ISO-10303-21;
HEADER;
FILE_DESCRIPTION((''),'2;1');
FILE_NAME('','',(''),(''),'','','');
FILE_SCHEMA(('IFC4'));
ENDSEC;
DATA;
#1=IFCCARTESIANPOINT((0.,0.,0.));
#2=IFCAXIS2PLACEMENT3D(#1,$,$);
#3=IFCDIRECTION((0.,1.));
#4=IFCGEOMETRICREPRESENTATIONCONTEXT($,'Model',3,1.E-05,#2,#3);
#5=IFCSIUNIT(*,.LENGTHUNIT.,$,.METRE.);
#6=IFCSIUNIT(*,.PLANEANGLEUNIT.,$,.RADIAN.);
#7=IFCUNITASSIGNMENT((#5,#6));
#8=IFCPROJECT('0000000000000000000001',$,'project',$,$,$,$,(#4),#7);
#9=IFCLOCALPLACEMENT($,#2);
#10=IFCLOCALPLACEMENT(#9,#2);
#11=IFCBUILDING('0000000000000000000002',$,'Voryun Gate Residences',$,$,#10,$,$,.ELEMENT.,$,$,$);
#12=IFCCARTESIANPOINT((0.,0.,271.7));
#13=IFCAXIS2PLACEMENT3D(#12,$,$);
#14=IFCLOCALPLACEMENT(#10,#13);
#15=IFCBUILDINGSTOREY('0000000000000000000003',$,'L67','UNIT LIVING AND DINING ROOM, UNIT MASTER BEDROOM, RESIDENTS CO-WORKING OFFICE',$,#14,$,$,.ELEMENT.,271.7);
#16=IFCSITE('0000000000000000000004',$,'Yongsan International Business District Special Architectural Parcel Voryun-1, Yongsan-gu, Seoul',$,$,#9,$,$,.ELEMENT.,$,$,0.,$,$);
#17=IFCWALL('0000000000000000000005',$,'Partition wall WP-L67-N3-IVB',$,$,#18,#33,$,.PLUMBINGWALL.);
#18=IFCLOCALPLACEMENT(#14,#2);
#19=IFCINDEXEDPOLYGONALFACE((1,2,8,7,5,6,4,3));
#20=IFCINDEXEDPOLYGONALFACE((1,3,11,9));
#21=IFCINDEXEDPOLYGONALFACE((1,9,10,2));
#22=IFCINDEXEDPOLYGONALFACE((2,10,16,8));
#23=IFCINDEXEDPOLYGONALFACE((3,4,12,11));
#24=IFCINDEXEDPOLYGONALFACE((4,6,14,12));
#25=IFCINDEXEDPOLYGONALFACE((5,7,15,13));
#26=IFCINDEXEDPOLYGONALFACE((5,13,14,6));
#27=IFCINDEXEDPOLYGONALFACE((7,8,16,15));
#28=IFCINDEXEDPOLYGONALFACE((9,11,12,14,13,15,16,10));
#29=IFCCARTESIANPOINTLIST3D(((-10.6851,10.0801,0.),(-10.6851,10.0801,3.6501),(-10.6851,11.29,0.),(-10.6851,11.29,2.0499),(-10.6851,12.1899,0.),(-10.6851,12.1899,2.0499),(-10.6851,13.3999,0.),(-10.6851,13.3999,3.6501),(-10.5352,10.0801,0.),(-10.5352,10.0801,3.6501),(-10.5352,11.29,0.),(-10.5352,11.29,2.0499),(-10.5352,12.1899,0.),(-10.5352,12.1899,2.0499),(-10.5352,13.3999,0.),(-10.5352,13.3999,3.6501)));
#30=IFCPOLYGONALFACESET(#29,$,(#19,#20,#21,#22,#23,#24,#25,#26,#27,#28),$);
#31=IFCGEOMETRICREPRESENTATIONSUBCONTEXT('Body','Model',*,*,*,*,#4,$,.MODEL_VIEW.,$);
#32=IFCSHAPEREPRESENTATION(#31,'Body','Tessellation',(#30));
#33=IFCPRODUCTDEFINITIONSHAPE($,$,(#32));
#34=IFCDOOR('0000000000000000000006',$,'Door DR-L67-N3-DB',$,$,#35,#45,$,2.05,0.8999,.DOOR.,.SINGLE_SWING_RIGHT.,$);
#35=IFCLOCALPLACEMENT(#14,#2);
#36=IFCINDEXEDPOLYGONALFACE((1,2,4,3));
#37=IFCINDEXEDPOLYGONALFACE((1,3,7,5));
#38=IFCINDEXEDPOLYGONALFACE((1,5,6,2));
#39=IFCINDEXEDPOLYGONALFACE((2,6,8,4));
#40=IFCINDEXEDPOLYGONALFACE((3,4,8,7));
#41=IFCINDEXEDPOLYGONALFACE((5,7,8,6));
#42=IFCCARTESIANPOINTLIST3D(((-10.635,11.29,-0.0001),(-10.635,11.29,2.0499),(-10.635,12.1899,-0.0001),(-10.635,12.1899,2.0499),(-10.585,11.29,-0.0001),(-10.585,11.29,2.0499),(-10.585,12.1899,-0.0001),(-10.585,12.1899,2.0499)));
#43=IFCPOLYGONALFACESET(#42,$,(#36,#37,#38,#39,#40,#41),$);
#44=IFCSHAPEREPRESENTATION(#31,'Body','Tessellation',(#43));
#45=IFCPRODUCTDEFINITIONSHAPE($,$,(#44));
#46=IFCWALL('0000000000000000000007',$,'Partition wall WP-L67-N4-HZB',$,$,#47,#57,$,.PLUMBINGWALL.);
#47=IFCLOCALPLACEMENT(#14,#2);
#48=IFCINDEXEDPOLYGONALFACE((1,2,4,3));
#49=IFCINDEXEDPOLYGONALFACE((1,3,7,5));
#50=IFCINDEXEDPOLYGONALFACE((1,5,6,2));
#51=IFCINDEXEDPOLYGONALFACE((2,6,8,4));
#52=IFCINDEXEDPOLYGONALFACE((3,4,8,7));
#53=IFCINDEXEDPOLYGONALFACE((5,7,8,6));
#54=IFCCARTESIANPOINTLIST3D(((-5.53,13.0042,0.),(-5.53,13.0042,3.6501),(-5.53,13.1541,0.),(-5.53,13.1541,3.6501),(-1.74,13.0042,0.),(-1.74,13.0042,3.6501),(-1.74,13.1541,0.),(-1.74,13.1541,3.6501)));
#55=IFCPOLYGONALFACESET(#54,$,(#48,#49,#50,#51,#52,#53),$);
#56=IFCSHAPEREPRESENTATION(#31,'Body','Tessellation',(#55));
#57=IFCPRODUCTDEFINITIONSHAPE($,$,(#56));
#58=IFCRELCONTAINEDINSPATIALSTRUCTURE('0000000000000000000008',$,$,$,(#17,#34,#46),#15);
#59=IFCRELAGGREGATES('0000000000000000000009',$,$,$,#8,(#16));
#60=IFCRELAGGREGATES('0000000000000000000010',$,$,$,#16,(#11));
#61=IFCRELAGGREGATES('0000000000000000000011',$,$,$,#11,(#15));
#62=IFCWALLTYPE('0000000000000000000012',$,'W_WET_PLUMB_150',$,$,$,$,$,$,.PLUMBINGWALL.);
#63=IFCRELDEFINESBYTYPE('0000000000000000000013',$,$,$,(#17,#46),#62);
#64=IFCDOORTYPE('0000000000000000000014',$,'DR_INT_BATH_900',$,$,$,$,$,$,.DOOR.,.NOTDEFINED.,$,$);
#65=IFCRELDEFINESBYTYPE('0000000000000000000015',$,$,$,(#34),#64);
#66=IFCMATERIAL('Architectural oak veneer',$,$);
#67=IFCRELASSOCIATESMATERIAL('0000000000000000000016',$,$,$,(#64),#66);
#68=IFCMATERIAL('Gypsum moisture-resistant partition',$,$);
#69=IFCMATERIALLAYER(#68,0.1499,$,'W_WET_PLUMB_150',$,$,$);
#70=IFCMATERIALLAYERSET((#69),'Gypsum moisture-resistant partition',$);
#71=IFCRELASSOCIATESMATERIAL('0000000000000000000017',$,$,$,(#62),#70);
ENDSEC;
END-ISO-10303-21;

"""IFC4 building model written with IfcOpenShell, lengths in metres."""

from ifc_helpers import new_model, si_unit, direction, frame, frame_2d, origin, place, context, subcontext, project, spatial, rectangle, extrude, material, layer, layer_set, type_object, element, fill, save


model = new_model("IFC4")

# Units and contexts
model_context = context("Model", 3, precision=1e-05, world=origin(), true_north=direction((0.0, 1.0)))
body_context = subcontext(model_context, "Body", "Model", "MODEL_VIEW")
ifc_project = project(units=[si_unit("LENGTHUNIT", "METRE"), si_unit("PLANEANGLEUNIT", "RADIAN")], contexts=[model_context])

# Site, building, storey
site_placement = place(None, origin())
site = spatial("IfcSite", under=ifc_project, at=site_placement, Name="Yongsan International Business District Special Architectural Parcel Voryun-1, Yongsan-gu, Seoul", CompositionType="ELEMENT", RefElevation=0.0)
building_placement = place(site_placement, origin())
building = spatial("IfcBuilding", under=site, at=building_placement, Name="Voryun Gate Residences", CompositionType="ELEMENT")
storey_placement = place(building_placement, frame((0.0, 0.0, 271.7)))
storey = spatial("IfcBuildingStorey", under=building, at=storey_placement, Name="L67", Description="UNIT LIVING AND DINING ROOM, UNIT MASTER BEDROOM, RESIDENTS CO-WORKING OFFICE", CompositionType="ELEMENT", Elevation=271.7)

# Shared definitions
ifc_material_1 = material(Name="Architectural oak veneer")
door_type_1 = type_object("IfcDoorType", Name="DR_INT_BATH_900", OperationType="NOTDEFINED", PredefinedType="DOOR", material=ifc_material_1)

# Shared definitions
ifc_material_2 = material(Name="Gypsum moisture-resistant partition")
ifc_layer_1 = layer(ifc_material_2, 0.1499, Name="W_WET_PLUMB_150")
ifc_layer_set_1 = layer_set([ifc_layer_1], Name="Gypsum moisture-resistant partition")
wall_type_1 = type_object("IfcWallType", Name="W_WET_PLUMB_150", PredefinedType="PLUMBINGWALL", material=ifc_layer_set_1)

# Wall, opening, door
wall_1_placement = place(storey_placement, frame((-10.6101, 10.0801, 0.0), z_axis=(0.0, 0.0, 1.0), x_axis=(0.0, 1.0, 0.0)))
wall_1 = element("IfcWall", 1, at=wall_1_placement, inside=storey, type_object=wall_type_1, Name="Partition wall WP-L67-N3-IVB", PredefinedType="PLUMBINGWALL", context=body_context, shape_type="SweptSolid", body=[
    extrude(rectangle(XDim=3.3198, YDim=0.1499, at=frame_2d((1.6599, 0.0))), origin(), (0.0, 0.0, 1.0), 3.6501),
])
opening_1_placement = place(wall_1_placement, frame((1.21, 0.0, 0.0)))
opening_1 = element("IfcOpeningElement", 2, at=opening_1_placement, cuts=wall_1, PredefinedType="OPENING", context=body_context, shape_type="SweptSolid", body=[
    extrude(rectangle(XDim=0.8999, YDim=2.05, at=frame_2d((0.45, 1.0249))), frame((0.0, 0.085, 0.0), z_axis=(0.0, -1.0, 0.0), x_axis=(1.0, 0.0, 0.0)), (0.0, 0.0, 1.0), 0.1699),
])
door_1_placement = place(opening_1_placement, origin())
door_1 = element("IfcDoor", 3, at=door_1_placement, inside=storey, type_object=door_type_1, Name="Door DR-L67-N3-DB", OperationType="SINGLE_SWING_RIGHT", OverallHeight=2.05, OverallWidth=0.8999, PredefinedType="DOOR", context=body_context, shape_type="SweptSolid", body=[
    extrude(rectangle(XDim=0.8999, YDim=2.05, at=frame_2d((0.45, 1.0249))), frame((0.0, 0.0249, 0.0), z_axis=(0.0, -1.0, 0.0), x_axis=(1.0, 0.0, 0.0)), (0.0, 0.0, 1.0), 0.05),
])
fill(opening_1, door_1)

# Wall
wall_2_placement = place(storey_placement, frame((-5.53, 13.0791, 0.0), z_axis=(0.0, 0.0, 1.0), x_axis=(1.0, 0.0, 0.0)))
element("IfcWall", 4, at=wall_2_placement, inside=storey, type_object=wall_type_1, Name="Partition wall WP-L67-N4-HZB", PredefinedType="PLUMBINGWALL", context=body_context, shape_type="SweptSolid", body=[
    extrude(rectangle(XDim=3.79, YDim=0.1499, at=frame_2d((1.895, 0.0))), origin(), (0.0, 0.0, 1.0), 3.6501),
])

save(model, "model.ifc")
